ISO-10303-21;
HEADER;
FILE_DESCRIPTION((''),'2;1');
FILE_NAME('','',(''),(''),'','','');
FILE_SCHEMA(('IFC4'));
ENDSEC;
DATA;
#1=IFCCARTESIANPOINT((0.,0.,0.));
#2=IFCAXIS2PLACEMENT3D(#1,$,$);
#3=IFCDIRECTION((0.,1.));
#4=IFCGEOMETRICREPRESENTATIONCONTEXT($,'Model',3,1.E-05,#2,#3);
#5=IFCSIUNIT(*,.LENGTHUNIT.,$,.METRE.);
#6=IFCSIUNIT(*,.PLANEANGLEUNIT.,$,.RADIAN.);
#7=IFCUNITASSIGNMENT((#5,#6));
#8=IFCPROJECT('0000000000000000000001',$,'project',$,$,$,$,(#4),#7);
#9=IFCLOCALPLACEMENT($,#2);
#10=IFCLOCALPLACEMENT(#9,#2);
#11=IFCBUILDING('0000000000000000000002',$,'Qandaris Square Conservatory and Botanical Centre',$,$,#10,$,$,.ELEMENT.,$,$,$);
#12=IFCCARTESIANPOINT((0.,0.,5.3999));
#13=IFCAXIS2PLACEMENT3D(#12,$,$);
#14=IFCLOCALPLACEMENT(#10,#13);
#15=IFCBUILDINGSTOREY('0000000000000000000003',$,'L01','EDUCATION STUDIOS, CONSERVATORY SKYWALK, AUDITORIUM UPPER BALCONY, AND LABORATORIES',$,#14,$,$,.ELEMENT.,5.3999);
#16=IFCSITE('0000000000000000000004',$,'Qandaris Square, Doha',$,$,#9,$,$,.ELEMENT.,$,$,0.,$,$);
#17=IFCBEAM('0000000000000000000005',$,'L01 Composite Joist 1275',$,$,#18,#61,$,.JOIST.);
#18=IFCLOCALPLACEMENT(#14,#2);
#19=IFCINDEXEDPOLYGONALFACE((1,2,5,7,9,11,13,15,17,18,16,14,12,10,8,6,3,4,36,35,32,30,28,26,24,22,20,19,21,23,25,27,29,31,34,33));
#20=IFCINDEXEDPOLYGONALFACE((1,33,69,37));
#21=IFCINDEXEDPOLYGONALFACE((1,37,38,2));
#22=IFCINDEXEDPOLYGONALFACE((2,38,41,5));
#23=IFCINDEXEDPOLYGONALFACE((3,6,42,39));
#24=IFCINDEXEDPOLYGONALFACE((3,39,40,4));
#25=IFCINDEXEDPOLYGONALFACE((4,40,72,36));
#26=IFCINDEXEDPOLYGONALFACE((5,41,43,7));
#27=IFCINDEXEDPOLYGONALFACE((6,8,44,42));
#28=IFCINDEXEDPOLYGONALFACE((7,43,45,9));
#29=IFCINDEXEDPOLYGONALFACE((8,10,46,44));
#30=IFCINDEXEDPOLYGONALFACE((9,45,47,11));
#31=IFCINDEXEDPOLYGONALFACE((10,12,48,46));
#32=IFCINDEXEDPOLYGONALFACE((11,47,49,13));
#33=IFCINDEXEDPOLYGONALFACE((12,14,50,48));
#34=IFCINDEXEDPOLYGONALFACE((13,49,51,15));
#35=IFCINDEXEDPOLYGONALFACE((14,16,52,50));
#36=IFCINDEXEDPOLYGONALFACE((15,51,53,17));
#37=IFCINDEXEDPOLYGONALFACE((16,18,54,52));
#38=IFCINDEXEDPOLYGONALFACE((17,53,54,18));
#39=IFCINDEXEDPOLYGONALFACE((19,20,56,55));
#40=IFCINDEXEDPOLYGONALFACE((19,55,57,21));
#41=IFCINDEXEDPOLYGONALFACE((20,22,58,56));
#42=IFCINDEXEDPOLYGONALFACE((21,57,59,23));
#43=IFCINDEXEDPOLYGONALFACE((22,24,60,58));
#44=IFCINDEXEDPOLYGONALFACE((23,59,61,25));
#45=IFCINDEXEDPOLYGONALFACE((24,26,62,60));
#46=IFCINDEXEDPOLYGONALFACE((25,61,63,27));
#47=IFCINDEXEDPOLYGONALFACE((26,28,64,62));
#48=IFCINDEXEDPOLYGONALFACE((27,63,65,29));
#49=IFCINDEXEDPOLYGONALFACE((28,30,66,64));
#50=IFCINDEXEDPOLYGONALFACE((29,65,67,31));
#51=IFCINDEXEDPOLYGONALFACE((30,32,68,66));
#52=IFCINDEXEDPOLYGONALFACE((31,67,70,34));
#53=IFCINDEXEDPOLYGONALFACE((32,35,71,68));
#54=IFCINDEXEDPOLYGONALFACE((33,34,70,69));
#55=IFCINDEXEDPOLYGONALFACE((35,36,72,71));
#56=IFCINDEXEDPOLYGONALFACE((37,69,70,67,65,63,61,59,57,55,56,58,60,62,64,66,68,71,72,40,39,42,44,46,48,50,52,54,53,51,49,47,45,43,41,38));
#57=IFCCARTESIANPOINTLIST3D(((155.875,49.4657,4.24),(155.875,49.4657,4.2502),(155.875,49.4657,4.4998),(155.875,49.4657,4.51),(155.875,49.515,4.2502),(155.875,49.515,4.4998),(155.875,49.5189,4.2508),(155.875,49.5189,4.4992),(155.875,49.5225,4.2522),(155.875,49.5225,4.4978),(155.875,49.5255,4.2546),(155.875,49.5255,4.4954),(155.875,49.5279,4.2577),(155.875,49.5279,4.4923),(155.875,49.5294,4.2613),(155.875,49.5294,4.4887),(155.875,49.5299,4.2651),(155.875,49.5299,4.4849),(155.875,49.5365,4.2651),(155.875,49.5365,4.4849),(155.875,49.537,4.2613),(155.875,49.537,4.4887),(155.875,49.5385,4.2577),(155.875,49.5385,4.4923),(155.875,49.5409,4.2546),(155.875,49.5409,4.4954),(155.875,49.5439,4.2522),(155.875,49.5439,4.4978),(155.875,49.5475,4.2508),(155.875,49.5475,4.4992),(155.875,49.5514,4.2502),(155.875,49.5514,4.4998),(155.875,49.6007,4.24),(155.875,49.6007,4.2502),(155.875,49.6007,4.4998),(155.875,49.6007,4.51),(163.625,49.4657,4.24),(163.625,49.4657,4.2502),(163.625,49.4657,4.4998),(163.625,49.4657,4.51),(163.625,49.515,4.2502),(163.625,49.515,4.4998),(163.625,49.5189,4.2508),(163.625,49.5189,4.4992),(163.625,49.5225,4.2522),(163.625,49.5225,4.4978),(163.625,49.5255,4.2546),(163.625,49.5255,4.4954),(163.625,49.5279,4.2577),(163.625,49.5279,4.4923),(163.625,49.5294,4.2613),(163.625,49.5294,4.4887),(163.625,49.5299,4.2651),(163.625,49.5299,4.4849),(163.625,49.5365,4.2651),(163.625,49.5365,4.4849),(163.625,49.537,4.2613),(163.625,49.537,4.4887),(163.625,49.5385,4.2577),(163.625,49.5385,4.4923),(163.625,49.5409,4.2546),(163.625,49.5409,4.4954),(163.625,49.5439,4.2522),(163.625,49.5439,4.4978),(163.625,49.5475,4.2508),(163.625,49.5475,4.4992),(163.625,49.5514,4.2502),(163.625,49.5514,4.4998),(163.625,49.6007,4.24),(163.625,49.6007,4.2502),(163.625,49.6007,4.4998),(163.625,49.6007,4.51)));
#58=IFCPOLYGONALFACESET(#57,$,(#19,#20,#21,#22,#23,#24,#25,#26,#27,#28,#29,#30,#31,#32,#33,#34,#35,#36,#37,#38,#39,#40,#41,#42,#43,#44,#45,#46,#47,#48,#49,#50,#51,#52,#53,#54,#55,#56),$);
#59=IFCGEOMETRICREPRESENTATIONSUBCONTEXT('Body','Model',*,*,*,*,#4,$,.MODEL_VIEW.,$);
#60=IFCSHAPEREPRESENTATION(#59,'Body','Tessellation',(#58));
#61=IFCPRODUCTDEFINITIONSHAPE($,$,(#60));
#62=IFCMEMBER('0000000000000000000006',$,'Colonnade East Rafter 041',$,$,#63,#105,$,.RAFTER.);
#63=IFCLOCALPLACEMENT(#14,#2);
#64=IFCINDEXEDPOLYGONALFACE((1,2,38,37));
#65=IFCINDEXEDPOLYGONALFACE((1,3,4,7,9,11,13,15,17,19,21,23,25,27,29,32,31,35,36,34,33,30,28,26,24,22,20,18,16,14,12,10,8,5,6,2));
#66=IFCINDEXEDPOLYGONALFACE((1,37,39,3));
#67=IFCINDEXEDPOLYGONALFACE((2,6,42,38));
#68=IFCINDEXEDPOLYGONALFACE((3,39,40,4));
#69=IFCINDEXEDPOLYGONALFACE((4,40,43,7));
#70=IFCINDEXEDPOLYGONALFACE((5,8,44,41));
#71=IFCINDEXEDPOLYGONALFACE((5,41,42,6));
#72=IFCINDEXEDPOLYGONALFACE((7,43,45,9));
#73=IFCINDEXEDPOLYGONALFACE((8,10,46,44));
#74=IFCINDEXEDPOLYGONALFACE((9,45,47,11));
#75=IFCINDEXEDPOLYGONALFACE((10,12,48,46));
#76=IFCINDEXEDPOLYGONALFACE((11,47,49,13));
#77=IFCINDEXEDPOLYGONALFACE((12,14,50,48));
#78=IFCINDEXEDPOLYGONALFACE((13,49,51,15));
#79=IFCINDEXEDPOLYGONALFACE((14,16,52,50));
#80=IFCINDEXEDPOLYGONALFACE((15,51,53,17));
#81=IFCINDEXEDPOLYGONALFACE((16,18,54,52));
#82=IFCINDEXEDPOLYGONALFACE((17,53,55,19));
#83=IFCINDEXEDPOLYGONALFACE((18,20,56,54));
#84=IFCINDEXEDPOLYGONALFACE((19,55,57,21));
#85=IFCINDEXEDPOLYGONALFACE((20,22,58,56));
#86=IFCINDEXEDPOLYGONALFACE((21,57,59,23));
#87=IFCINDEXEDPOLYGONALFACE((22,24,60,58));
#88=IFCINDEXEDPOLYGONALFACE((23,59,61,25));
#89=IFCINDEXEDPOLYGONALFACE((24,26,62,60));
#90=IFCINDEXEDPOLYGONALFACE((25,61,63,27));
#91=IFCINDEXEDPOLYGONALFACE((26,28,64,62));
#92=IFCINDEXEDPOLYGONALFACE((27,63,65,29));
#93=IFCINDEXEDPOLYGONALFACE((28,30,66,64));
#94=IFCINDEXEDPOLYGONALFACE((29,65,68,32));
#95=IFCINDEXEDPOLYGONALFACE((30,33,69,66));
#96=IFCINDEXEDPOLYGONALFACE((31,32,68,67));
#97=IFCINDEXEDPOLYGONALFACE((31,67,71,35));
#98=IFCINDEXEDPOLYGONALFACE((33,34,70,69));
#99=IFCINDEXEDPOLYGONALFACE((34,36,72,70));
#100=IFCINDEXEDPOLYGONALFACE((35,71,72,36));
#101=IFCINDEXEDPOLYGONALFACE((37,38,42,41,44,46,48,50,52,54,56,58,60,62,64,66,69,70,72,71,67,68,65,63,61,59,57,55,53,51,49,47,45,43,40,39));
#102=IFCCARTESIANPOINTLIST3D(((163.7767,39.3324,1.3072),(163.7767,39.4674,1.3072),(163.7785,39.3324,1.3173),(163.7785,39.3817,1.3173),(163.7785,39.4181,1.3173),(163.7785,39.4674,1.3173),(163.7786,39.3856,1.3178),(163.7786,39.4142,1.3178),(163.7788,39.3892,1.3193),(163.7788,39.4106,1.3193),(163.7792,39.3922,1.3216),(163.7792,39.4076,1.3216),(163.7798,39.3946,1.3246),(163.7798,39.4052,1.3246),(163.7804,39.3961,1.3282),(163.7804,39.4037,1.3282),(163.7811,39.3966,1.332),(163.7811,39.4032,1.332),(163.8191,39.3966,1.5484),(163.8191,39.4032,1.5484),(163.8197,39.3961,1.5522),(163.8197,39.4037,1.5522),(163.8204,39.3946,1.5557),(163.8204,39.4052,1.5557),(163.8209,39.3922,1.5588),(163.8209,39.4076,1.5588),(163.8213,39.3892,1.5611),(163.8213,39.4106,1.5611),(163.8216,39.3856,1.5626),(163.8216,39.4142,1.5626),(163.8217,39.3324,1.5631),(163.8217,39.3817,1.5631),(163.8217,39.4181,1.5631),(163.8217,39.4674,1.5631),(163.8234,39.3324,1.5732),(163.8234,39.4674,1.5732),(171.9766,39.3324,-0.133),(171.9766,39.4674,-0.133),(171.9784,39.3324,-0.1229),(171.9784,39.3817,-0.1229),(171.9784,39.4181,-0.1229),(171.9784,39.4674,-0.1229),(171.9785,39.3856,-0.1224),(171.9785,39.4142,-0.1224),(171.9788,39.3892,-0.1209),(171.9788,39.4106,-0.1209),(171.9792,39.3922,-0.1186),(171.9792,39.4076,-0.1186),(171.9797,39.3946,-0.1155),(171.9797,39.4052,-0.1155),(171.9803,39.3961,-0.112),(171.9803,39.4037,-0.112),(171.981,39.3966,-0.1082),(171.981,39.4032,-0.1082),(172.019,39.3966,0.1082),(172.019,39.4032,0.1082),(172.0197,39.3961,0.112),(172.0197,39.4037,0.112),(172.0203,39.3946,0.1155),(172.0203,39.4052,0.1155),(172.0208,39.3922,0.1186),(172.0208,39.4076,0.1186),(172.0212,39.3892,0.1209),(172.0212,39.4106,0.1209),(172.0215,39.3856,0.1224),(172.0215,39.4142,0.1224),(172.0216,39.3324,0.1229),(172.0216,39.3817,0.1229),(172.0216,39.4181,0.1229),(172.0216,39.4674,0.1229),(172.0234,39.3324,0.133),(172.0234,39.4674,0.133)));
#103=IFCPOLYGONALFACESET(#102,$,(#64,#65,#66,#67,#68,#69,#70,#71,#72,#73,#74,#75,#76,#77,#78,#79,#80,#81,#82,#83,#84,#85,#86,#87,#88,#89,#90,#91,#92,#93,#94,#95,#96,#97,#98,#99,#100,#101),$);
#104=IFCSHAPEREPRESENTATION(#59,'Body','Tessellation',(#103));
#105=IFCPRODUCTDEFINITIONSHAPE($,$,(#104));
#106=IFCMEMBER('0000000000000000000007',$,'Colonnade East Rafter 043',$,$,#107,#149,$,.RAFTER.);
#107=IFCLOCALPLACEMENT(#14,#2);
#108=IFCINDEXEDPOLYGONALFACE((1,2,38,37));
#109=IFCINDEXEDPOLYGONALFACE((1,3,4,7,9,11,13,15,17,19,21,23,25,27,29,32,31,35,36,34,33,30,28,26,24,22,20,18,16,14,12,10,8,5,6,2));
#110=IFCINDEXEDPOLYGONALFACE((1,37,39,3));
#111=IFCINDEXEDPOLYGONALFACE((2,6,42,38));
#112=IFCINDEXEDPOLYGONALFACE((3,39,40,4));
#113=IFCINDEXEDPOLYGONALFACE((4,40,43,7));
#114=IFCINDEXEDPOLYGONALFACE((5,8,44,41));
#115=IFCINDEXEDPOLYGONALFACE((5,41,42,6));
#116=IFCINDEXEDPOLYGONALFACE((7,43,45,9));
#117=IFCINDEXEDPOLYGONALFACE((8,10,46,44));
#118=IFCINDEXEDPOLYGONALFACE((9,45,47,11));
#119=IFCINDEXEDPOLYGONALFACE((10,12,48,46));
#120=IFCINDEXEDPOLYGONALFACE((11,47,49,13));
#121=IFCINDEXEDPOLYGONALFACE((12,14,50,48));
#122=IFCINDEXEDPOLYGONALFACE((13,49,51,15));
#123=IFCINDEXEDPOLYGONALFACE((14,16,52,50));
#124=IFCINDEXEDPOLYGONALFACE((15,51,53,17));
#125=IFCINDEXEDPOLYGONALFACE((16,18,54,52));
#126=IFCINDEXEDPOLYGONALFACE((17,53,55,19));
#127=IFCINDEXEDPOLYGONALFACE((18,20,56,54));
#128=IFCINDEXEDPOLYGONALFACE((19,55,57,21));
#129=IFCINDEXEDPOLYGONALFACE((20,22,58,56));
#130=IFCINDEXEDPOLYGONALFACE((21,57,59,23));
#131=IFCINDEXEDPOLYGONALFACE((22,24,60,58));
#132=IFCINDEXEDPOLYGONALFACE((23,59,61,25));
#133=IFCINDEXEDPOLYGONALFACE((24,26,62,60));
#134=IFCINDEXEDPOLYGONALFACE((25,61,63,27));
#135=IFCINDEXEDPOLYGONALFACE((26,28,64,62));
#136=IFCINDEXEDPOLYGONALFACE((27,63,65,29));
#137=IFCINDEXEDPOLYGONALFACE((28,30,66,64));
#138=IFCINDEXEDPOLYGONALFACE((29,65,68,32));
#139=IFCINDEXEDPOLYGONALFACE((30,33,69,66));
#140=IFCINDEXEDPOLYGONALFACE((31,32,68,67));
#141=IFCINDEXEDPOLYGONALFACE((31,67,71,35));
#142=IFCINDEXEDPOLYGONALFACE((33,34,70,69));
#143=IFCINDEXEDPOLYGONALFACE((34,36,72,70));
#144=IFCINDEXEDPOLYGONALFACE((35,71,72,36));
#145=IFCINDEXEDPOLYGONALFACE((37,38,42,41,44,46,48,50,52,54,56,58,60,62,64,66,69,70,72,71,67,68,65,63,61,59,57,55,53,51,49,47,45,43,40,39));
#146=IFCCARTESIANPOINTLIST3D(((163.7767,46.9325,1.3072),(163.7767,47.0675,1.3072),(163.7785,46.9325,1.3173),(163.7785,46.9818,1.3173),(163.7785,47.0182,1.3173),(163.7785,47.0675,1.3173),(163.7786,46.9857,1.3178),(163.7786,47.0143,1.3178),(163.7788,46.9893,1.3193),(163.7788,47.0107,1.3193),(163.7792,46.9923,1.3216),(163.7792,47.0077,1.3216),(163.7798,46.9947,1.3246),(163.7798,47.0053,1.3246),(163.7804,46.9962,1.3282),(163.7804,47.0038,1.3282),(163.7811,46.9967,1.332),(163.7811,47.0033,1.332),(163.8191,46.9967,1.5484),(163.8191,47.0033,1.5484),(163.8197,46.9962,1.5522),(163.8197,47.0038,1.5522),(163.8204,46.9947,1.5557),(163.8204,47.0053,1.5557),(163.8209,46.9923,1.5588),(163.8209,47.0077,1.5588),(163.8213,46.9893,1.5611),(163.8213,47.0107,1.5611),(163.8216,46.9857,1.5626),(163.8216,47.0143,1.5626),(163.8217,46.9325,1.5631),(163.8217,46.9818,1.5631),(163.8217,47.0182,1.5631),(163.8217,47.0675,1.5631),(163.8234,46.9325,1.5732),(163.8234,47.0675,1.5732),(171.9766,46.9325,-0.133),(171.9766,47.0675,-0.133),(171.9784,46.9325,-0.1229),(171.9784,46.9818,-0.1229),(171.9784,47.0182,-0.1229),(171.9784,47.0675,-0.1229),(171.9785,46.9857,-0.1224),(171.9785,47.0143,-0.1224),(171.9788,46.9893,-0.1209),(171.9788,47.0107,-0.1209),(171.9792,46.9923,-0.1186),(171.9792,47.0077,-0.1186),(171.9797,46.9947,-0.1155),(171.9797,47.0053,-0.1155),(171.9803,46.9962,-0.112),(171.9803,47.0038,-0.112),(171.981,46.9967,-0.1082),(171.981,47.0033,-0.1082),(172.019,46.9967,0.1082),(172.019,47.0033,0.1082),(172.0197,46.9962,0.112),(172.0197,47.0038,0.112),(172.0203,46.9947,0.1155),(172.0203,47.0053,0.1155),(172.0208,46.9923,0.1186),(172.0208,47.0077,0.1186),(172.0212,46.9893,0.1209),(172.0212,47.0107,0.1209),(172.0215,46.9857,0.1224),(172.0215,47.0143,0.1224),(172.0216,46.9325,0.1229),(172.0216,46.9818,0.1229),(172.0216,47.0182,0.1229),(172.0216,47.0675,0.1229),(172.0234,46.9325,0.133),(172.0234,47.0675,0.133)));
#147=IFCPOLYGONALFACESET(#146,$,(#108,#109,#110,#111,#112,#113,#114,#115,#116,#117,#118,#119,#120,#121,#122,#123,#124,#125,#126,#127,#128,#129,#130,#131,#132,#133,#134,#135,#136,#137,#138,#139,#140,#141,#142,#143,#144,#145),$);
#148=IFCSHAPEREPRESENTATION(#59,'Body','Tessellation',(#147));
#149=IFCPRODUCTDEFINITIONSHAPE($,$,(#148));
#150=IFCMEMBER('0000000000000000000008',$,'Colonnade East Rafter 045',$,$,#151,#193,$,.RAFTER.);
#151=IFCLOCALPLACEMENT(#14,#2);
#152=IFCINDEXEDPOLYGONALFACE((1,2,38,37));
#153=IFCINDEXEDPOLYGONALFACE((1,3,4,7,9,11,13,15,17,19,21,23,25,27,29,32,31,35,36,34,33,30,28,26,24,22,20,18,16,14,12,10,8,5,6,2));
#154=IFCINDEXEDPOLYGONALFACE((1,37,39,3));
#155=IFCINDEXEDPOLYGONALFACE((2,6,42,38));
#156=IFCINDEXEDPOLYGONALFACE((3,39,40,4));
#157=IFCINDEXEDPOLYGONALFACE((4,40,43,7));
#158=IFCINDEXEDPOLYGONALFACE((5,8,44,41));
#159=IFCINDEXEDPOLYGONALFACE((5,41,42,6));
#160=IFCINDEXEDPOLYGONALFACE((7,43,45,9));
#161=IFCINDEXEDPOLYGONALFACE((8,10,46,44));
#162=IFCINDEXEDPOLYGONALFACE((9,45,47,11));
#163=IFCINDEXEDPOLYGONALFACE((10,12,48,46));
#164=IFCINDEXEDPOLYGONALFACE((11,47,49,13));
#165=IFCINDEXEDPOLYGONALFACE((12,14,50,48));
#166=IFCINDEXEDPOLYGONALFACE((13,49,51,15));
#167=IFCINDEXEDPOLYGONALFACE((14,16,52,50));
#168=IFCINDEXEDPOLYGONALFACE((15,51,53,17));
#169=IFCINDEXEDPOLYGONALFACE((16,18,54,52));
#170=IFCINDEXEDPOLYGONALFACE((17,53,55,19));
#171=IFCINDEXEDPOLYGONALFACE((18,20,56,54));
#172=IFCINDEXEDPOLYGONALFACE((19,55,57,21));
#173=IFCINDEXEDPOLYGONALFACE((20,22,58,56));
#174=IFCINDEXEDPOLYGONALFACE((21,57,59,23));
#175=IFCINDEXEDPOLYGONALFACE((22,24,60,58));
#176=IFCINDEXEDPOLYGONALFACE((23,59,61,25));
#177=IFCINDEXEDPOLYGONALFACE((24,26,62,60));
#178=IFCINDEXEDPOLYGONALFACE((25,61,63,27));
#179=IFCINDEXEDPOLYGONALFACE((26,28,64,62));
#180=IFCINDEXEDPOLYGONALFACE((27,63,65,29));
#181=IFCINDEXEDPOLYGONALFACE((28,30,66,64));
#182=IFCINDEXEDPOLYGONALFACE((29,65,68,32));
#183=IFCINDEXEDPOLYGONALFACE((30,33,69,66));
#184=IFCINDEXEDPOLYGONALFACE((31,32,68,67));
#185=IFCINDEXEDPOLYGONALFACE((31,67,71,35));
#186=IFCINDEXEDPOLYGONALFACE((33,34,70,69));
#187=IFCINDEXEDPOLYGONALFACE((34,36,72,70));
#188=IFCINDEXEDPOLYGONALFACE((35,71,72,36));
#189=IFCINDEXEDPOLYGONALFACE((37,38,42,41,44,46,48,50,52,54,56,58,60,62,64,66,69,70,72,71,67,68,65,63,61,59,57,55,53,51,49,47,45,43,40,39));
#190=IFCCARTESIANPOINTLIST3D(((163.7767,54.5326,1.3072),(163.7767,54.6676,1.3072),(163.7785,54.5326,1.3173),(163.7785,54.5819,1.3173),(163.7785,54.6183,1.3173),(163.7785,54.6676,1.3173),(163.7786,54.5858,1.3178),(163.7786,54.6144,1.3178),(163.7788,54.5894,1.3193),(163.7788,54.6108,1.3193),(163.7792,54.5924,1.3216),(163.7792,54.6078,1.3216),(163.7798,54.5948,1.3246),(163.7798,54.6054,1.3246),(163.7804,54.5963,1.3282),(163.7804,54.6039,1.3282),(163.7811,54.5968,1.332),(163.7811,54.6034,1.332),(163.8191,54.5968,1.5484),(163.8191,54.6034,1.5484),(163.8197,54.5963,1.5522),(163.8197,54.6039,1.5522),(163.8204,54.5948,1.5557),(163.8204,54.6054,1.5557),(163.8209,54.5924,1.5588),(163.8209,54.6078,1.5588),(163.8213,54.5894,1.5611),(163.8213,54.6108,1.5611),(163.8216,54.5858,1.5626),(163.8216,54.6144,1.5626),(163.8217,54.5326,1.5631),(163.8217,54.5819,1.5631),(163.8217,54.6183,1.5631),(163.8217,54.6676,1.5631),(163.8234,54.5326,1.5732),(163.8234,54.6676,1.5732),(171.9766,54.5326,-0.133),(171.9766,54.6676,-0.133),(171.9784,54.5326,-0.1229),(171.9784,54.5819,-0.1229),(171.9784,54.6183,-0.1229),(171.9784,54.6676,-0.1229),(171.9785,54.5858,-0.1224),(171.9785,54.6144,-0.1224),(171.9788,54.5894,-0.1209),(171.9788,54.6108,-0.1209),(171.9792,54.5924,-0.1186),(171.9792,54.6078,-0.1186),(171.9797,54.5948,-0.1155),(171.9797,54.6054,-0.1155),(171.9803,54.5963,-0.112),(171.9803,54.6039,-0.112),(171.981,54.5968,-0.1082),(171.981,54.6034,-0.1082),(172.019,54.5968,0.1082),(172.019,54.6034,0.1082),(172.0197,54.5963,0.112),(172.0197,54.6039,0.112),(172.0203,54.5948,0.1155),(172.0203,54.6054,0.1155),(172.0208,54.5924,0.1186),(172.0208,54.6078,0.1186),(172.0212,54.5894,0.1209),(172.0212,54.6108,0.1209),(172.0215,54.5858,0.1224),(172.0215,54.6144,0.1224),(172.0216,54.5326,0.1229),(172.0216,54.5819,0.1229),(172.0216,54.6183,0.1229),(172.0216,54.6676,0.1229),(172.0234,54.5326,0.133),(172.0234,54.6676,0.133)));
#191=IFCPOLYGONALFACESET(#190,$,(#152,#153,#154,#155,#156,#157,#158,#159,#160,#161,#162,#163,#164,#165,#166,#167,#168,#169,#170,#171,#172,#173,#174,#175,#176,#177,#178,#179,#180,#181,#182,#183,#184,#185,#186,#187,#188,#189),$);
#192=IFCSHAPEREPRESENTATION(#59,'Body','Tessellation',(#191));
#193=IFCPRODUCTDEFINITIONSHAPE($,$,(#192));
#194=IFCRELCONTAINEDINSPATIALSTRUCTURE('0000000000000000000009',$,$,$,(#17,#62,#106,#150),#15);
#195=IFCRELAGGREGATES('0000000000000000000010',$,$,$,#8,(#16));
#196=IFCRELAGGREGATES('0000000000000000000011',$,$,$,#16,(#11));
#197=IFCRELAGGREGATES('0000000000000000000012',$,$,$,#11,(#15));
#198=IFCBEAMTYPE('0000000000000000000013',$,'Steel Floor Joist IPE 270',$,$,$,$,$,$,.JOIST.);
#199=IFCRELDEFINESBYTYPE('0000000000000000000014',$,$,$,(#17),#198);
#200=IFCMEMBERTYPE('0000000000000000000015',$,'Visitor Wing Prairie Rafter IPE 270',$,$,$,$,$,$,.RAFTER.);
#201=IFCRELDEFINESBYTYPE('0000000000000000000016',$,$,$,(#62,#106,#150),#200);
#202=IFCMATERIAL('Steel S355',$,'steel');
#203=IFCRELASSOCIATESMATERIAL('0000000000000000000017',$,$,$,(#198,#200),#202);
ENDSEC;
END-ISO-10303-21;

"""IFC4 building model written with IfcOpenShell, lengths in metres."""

from ifc_helpers import new_model, si_unit, direction, frame, origin, origin_2d, place, context, subcontext, project, spatial, i_section, extrude, material, material_profile, profile_set, type_object, element, save


model = new_model("IFC4")

# Units and contexts
model_context = context("Model", 3, precision=1e-05, world=origin(), true_north=direction((0.0, 1.0)))
body_context = subcontext(model_context, "Body", "Model", "MODEL_VIEW")
ifc_project = project(units=[si_unit("LENGTHUNIT", "METRE"), si_unit("PLANEANGLEUNIT", "RADIAN")], contexts=[model_context])

# Site, building, storey
site_placement = place(None, origin())
site = spatial("IfcSite", under=ifc_project, at=site_placement, Name="Qandaris Square, Doha", CompositionType="ELEMENT", RefElevation=0.0)
building_placement = place(site_placement, origin())
building = spatial("IfcBuilding", under=site, at=building_placement, Name="Qandaris Square Conservatory and Botanical Centre", CompositionType="ELEMENT")
storey_placement = place(building_placement, frame((0.0, 0.0, 5.3999)))
storey = spatial("IfcBuildingStorey", under=building, at=storey_placement, Name="L01", Description="EDUCATION STUDIOS, CONSERVATORY SKYWALK, AUDITORIUM UPPER BALCONY, AND LABORATORIES", CompositionType="ELEMENT", Elevation=5.3999)

# Shared definitions
ifc_material_1 = material(Name="Steel S355", Category="steel")

# Beam
ifc_material_profile_1 = material_profile(ifc_material_1, i_section(OverallWidth=0.135, OverallDepth=0.27, WebThickness=0.0066, FlangeThickness=0.0103, FilletRadius=0.0149, at=origin_2d()), Name="IPE 270")
ifc_profile_set_1 = profile_set([ifc_material_profile_1], Name="Steel S355")
beam_type_1 = type_object("IfcBeamType", Name="Steel Floor Joist IPE 270", PredefinedType="JOIST", material=ifc_profile_set_1)
for number, where, z_axis, x_axis, name in (
    (1, (155.875, 49.5332, 4.375), (1.0, 0.0, 0.0), (0.0, 1.0, 0.0), "L01 Composite Joist 1275"),
):
    element("IfcBeam", number, at=place(storey_placement, frame(where, z_axis=z_axis, x_axis=x_axis)), inside=storey, type_object=beam_type_1, Name=name, PredefinedType="JOIST", context=body_context, shape_type="SweptSolid", body=[
        extrude(i_section(OverallWidth=0.135, OverallDepth=0.27, WebThickness=0.0066, FlangeThickness=0.0103, FilletRadius=0.0149, at=origin_2d()), origin(), (0.0, 0.0, 1.0), 7.75),
    ])

# Members
ifc_material_profile_2 = material_profile(ifc_material_1, i_section(OverallWidth=0.135, OverallDepth=0.27, WebThickness=0.0066, FlangeThickness=0.0103, FilletRadius=0.0149, at=origin_2d()), Name="IPE 270")
ifc_profile_set_2 = profile_set([ifc_material_profile_2], Name="Steel S355")
member_type_1 = type_object("IfcMemberType", Name="Visitor Wing Prairie Rafter IPE 270", PredefinedType="RAFTER", material=ifc_profile_set_2)
for number, where, z_axis, x_axis, name in (
    (2, (172.0, 39.3999, 0.0), (-0.984924, 0.0, 0.172986), (0.0, -1.0, 0.0), "Colonnade East Rafter 041"),
    (3, (172.0, 47.0, 0.0), (-0.984924, 0.0, 0.172986), (0.0, -1.0, 0.0), "Colonnade East Rafter 043"),
    (4, (172.0, 54.6001, 0.0), (-0.984924, 0.0, 0.172986), (0.0, -1.0, 0.0), "Colonnade East Rafter 045"),
):
    element("IfcMember", number, at=place(storey_placement, frame(where, z_axis=z_axis, x_axis=x_axis)), inside=storey, type_object=member_type_1, Name=name, PredefinedType="RAFTER", context=body_context, shape_type="SweptSolid", body=[
        extrude(i_section(OverallWidth=0.135, OverallDepth=0.27, WebThickness=0.0066, FlangeThickness=0.0103, FilletRadius=0.0149, at=origin_2d()), origin(), (0.0, 0.0, 1.0), 8.3254),
    ])

save(model, "model.ifc")
